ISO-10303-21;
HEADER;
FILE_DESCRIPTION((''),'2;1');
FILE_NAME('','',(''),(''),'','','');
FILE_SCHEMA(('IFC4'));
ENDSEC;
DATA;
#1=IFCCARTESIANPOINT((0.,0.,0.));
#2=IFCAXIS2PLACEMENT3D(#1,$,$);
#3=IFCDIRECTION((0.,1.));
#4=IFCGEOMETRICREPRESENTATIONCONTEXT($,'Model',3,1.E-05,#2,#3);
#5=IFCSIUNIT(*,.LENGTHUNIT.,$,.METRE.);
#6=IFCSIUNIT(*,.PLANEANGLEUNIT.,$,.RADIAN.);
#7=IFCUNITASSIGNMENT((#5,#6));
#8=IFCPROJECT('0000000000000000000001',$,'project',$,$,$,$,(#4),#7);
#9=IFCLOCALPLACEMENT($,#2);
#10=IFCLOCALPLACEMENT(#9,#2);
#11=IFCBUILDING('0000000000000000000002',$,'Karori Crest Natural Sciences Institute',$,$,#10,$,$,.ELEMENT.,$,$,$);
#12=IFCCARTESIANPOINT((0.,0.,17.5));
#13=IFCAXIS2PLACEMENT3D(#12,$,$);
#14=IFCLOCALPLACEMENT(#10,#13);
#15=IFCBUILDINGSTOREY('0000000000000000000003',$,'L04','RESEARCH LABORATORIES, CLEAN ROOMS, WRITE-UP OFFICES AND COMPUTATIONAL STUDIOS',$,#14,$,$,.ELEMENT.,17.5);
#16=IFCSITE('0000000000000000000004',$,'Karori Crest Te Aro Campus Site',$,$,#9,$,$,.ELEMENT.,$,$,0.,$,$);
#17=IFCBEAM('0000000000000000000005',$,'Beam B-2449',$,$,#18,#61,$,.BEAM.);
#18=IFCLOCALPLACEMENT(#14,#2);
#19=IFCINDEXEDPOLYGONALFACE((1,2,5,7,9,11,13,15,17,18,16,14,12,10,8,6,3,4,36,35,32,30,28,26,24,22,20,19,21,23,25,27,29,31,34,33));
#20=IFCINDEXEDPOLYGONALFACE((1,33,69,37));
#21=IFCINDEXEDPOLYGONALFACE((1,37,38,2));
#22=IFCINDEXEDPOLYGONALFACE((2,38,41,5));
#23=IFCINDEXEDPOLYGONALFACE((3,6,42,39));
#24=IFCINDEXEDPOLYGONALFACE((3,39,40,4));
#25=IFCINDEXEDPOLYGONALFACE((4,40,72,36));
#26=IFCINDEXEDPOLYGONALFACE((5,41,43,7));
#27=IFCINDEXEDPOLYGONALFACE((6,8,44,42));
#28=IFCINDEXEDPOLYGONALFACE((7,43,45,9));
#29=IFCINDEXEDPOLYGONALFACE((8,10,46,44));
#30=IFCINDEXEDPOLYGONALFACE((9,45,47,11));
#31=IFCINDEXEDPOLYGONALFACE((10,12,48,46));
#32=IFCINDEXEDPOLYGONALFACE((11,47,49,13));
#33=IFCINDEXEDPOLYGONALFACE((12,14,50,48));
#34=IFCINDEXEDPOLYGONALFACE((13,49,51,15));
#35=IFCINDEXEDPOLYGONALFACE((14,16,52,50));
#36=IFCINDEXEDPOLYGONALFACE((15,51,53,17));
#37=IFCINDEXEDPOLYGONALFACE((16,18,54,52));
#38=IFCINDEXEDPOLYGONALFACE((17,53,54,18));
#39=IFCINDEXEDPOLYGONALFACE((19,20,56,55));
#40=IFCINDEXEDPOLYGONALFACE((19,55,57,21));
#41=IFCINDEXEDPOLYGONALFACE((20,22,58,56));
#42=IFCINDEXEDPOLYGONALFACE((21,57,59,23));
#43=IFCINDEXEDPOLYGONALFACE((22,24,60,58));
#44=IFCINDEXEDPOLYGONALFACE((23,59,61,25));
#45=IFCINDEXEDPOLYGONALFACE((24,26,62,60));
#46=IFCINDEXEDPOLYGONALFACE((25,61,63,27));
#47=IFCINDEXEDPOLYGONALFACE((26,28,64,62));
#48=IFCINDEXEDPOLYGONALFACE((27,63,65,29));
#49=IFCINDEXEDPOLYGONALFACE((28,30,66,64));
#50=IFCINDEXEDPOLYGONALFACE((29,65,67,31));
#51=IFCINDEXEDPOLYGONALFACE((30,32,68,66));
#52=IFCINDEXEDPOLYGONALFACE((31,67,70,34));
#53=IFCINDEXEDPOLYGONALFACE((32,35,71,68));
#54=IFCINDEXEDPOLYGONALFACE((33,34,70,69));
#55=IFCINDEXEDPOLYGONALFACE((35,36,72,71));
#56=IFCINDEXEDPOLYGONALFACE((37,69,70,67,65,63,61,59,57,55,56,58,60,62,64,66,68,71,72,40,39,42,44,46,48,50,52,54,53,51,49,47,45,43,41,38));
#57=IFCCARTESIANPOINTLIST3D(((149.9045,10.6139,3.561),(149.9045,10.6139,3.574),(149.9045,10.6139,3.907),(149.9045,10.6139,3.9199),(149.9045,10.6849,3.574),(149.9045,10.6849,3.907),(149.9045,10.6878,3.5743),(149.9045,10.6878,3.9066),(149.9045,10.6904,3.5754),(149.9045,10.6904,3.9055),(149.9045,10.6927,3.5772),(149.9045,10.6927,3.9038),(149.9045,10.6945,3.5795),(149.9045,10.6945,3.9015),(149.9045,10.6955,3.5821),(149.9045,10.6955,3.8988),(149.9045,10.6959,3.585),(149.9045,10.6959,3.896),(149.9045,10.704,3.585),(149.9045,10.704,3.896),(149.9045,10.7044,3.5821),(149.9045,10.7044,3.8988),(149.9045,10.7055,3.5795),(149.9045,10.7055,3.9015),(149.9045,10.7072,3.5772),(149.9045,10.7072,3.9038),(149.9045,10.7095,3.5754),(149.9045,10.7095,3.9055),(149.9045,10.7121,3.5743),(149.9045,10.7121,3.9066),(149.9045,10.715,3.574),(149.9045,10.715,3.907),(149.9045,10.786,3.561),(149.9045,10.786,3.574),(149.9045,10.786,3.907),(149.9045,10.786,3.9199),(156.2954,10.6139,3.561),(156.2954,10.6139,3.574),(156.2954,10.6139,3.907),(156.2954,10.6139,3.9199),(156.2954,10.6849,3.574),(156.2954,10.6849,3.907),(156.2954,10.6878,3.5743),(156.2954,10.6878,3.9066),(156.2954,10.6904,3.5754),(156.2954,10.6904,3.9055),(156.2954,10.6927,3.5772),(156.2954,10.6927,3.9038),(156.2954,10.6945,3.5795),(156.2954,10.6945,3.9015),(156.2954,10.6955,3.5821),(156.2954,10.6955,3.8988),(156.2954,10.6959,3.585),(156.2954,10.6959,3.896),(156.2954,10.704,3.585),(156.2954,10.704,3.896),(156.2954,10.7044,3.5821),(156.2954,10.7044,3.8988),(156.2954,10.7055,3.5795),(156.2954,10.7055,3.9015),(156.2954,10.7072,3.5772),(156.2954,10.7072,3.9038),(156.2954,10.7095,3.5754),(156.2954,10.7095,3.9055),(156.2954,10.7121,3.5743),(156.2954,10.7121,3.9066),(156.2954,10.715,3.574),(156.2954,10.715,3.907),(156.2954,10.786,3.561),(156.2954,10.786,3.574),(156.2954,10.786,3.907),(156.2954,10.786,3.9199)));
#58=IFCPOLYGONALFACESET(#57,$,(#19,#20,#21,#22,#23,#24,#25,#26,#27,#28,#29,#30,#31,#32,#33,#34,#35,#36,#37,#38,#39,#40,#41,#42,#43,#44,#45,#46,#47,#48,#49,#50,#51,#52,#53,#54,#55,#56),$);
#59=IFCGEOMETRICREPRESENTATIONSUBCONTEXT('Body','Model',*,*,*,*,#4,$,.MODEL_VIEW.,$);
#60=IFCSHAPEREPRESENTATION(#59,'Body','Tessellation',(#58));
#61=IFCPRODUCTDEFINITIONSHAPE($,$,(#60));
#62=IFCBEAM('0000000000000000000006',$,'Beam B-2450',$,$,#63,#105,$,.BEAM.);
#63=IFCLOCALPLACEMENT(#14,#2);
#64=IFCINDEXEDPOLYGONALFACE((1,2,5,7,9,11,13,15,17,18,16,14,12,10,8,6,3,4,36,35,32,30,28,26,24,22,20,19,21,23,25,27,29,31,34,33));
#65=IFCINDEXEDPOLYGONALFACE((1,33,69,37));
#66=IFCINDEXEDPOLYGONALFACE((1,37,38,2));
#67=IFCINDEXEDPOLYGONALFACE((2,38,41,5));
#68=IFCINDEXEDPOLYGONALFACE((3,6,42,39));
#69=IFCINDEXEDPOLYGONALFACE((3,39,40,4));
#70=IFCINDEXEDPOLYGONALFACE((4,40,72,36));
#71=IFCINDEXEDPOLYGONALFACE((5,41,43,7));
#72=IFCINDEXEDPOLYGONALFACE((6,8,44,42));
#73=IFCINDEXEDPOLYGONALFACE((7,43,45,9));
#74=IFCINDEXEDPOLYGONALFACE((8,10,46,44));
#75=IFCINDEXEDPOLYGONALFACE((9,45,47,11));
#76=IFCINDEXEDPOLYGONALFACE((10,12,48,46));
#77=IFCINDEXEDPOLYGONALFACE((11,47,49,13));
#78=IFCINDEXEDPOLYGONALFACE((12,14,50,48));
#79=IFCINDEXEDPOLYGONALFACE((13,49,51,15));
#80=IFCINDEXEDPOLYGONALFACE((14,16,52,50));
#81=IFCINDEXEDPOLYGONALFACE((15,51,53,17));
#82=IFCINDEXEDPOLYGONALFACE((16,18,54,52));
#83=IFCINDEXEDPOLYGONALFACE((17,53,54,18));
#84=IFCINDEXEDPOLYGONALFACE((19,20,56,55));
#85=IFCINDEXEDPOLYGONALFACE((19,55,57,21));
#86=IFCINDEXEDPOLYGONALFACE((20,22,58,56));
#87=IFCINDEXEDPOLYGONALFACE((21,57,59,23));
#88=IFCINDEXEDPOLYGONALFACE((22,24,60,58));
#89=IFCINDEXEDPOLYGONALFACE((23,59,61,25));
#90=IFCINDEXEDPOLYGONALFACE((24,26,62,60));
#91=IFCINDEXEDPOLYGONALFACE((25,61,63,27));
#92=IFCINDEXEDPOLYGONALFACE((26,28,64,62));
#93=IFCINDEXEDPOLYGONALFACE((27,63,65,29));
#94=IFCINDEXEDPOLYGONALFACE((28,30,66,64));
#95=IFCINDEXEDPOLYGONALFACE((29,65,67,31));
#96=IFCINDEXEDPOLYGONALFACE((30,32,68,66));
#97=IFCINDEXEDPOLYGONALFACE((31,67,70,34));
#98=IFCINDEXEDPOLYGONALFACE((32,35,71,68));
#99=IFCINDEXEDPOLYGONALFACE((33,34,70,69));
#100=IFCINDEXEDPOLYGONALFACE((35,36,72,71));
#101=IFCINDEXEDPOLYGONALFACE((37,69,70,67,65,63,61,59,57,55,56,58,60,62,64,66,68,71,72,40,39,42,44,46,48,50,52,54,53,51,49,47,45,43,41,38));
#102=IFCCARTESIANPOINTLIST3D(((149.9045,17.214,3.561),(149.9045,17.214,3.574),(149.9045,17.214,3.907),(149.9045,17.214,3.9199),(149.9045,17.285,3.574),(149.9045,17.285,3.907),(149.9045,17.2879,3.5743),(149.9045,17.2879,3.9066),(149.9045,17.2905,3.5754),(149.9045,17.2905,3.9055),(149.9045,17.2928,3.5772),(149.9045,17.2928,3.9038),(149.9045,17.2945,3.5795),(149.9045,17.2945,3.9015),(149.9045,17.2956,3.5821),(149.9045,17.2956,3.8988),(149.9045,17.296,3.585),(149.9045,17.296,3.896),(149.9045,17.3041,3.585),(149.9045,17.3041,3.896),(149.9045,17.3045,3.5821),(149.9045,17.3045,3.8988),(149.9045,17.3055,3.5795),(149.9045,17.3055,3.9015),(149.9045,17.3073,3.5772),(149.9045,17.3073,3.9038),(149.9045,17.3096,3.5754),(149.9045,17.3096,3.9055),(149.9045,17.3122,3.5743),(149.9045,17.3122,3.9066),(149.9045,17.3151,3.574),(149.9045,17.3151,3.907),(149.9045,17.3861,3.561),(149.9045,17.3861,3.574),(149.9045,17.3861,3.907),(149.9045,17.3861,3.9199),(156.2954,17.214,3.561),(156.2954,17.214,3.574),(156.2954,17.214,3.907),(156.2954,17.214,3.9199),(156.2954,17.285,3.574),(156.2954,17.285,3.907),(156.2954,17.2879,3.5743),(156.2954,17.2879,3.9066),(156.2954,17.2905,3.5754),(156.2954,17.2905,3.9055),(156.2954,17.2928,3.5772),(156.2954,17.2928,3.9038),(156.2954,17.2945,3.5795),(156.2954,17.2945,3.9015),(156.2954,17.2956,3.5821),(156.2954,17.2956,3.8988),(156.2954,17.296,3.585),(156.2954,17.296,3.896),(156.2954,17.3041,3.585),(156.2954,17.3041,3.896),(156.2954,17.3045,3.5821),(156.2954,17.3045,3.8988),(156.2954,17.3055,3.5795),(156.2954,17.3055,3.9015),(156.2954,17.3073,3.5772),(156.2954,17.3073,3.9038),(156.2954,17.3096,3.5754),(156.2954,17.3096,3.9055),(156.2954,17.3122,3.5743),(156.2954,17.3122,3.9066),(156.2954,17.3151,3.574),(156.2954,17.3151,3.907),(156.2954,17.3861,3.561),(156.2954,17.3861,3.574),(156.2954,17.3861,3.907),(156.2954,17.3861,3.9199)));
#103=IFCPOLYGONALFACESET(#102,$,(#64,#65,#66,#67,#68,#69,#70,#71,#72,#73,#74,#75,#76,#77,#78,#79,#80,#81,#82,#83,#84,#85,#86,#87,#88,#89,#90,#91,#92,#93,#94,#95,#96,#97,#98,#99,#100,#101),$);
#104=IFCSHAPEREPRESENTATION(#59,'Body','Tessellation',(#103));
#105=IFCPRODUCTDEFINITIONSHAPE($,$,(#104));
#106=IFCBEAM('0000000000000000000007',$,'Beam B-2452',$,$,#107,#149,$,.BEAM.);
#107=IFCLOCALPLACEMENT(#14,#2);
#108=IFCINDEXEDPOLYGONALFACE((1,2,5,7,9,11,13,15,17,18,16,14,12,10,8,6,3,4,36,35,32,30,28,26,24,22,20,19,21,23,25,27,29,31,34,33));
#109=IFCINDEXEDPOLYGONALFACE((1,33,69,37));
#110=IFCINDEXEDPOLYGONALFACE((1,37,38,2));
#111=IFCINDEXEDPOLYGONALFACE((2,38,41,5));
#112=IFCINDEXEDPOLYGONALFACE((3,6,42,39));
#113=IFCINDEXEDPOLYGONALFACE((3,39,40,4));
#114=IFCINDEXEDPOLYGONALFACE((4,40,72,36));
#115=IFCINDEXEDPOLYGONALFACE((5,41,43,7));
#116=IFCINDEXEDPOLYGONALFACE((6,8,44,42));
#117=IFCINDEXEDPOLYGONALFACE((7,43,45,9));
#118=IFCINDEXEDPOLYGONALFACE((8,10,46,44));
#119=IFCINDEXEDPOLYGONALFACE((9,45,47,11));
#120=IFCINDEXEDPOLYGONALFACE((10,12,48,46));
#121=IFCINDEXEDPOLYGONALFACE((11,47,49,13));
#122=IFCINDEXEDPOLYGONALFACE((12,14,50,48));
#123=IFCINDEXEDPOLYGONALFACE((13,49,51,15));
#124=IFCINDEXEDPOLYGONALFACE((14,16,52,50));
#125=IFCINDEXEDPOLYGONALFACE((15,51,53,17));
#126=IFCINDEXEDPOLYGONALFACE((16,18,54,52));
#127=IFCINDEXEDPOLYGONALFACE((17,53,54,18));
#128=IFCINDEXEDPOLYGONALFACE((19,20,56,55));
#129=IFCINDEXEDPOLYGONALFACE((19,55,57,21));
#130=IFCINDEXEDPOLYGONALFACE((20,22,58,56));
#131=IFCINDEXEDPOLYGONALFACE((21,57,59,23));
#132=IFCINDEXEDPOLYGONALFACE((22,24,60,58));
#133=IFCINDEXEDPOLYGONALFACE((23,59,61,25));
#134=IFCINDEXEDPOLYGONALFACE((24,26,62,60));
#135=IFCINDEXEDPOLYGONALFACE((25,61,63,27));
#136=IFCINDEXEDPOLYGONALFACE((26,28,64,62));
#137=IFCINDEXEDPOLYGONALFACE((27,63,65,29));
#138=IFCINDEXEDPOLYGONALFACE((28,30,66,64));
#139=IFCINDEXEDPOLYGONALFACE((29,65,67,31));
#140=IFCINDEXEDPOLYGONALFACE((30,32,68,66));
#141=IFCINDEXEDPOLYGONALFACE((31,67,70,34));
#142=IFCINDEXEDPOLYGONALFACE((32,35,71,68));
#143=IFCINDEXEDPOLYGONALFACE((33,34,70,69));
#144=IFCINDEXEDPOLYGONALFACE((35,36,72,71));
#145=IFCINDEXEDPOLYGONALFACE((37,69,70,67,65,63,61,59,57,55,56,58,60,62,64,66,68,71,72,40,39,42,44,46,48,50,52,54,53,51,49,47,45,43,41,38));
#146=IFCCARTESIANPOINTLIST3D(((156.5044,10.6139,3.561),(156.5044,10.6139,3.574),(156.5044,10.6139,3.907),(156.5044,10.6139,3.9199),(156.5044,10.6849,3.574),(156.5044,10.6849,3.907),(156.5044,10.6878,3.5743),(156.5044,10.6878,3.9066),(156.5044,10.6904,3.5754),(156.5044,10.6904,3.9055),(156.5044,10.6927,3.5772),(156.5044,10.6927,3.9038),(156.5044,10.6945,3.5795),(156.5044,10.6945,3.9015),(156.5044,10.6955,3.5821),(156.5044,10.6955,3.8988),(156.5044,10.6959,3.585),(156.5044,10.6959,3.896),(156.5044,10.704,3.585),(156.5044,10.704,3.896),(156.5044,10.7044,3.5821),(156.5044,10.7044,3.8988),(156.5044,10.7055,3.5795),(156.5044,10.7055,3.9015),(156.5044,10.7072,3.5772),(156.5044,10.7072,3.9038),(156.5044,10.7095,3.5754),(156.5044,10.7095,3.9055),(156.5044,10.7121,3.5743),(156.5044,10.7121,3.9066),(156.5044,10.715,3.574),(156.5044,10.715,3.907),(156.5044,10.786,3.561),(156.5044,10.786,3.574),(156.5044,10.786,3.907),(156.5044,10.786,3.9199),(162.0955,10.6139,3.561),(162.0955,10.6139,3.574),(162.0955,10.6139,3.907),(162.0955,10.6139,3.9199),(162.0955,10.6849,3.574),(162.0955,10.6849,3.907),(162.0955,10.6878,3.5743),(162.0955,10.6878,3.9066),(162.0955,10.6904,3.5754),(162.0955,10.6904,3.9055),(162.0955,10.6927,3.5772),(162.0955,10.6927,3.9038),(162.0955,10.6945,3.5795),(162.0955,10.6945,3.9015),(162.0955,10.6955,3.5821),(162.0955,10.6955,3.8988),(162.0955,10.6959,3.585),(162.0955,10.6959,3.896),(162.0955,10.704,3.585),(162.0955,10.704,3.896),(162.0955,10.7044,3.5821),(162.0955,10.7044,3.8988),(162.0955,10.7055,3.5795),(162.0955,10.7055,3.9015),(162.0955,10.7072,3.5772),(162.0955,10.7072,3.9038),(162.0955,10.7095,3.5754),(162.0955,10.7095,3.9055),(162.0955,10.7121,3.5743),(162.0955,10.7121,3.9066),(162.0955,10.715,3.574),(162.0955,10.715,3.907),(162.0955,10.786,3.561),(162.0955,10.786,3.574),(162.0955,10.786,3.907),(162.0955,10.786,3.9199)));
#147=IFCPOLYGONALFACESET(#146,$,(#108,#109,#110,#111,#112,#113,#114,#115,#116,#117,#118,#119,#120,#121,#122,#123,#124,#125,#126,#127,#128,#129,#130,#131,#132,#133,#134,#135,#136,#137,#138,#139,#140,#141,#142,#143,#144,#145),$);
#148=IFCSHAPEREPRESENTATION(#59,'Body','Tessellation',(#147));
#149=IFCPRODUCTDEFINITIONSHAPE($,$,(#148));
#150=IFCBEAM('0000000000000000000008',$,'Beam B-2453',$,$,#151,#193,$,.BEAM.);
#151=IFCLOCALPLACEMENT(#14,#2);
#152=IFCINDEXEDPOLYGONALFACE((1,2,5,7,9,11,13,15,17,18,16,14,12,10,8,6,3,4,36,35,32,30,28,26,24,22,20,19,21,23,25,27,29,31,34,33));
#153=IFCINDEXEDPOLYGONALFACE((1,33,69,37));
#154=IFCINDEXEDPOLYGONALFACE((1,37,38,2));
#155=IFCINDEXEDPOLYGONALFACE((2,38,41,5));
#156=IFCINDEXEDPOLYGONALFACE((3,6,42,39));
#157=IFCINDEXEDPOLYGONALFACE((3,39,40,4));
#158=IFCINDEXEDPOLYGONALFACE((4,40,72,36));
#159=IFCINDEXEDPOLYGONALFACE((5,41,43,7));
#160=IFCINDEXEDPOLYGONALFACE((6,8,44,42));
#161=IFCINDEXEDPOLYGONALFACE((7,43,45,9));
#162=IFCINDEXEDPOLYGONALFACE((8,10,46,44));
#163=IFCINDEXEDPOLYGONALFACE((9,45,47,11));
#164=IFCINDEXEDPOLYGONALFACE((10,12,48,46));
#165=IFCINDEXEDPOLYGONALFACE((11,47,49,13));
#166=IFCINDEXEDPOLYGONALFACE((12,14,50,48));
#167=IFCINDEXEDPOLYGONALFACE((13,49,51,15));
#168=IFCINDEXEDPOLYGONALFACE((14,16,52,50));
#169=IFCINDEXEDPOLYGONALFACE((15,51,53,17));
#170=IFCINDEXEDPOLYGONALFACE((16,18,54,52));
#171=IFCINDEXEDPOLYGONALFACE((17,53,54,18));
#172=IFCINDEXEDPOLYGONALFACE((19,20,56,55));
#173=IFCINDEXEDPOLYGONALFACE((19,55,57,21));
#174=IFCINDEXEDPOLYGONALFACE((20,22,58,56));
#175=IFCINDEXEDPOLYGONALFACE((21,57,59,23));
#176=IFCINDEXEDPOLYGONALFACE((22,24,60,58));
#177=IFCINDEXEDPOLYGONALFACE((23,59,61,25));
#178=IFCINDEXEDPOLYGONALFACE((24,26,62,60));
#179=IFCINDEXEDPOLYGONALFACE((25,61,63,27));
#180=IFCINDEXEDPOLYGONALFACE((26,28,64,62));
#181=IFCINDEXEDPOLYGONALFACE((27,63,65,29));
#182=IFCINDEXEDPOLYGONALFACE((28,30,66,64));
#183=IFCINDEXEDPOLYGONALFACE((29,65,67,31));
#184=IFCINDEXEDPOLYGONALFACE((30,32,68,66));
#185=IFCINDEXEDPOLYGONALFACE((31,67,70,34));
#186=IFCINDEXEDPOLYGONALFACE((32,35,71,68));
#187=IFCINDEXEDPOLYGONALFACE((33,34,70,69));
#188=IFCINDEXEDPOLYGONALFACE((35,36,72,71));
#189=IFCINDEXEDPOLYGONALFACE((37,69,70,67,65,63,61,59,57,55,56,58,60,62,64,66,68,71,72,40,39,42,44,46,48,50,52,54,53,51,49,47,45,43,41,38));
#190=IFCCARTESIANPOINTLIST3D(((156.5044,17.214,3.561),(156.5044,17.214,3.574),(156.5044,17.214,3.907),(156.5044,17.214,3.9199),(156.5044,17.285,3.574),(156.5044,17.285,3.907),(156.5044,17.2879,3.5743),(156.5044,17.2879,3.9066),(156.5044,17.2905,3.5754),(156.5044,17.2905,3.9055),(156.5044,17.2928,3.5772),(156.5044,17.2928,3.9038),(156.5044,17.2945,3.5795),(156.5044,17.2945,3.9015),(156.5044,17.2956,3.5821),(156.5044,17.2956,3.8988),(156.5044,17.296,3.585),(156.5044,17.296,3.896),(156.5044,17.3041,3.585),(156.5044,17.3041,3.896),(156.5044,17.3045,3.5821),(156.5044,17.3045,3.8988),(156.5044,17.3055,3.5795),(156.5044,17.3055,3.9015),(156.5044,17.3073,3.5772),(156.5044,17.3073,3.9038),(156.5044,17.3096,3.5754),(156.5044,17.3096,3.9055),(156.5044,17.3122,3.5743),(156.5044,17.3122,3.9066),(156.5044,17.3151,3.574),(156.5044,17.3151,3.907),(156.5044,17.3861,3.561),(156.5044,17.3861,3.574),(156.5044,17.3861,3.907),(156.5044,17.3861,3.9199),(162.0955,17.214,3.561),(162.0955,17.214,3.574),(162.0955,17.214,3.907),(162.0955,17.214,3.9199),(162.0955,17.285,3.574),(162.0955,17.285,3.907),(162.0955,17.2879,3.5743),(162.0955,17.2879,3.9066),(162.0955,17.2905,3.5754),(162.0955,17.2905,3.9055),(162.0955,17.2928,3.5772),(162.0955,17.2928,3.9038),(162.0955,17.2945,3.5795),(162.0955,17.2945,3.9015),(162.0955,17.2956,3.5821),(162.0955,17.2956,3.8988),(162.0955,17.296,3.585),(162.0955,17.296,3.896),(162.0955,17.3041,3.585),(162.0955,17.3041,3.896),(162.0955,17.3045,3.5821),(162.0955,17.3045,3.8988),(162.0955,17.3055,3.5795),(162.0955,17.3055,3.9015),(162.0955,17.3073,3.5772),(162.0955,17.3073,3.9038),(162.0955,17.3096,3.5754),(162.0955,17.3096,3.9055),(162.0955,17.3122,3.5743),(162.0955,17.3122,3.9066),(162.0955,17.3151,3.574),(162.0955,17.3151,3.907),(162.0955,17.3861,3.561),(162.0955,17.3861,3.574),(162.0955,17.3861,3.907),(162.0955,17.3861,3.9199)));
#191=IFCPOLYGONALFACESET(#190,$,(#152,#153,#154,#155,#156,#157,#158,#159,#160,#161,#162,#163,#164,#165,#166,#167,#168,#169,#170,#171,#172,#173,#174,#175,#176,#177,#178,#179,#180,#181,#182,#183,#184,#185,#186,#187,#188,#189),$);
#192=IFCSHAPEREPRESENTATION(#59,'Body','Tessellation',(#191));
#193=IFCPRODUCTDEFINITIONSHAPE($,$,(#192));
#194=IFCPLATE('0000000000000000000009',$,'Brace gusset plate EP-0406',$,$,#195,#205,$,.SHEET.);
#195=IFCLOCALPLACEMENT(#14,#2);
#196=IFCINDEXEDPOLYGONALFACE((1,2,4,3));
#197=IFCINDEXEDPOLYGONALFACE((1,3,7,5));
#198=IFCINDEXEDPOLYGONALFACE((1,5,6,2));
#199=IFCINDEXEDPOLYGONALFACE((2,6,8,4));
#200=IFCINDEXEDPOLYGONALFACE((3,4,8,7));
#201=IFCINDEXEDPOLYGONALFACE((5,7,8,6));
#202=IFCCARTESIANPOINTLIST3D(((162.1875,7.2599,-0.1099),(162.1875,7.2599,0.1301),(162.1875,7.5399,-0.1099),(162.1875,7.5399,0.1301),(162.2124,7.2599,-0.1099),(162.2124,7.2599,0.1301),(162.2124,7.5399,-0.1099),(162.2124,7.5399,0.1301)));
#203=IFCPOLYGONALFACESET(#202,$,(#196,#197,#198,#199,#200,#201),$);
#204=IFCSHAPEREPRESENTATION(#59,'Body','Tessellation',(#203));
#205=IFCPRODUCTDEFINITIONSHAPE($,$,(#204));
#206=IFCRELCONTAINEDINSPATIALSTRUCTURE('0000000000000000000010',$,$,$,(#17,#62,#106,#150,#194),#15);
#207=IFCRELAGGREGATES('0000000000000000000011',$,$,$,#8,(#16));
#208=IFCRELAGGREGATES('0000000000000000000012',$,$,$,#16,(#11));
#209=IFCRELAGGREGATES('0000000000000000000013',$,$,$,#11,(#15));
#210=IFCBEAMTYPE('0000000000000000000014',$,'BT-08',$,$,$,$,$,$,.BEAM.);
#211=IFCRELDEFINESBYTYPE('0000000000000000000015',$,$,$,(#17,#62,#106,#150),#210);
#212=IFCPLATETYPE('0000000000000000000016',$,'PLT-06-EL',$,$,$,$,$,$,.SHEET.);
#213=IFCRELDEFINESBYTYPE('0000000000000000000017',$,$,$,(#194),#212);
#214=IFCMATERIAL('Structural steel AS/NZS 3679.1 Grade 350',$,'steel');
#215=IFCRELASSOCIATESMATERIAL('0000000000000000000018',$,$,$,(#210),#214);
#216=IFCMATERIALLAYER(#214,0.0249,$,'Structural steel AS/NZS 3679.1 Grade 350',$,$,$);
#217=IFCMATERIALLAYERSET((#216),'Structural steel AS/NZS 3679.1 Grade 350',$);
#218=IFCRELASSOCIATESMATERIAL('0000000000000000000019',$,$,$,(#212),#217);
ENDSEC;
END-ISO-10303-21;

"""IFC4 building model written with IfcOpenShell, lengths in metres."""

from ifc_helpers import new_model, si_unit, direction, frame, origin, origin_2d, place, context, subcontext, project, spatial, rectangle, i_section, extrude, material, layer, layer_set, material_profile, profile_set, type_object, element, save


model = new_model("IFC4")

# Units and contexts
model_context = context("Model", 3, precision=1e-05, world=origin(), true_north=direction((0.0, 1.0)))
body_context = subcontext(model_context, "Body", "Model", "MODEL_VIEW")
ifc_project = project(units=[si_unit("LENGTHUNIT", "METRE"), si_unit("PLANEANGLEUNIT", "RADIAN")], contexts=[model_context])

# Site, building, storey
site_placement = place(None, origin())
site = spatial("IfcSite", under=ifc_project, at=site_placement, Name="Karori Crest Te Aro Campus Site", CompositionType="ELEMENT", RefElevation=0.0)
building_placement = place(site_placement, origin())
building = spatial("IfcBuilding", under=site, at=building_placement, Name="Karori Crest Natural Sciences Institute", CompositionType="ELEMENT")
storey_placement = place(building_placement, frame((0.0, 0.0, 17.5)))
storey = spatial("IfcBuildingStorey", under=building, at=storey_placement, Name="L04", Description="RESEARCH LABORATORIES, CLEAN ROOMS, WRITE-UP OFFICES AND COMPUTATIONAL STUDIOS", CompositionType="ELEMENT", Elevation=17.5)

# Shared definitions
ifc_material_1 = material(Name="Structural steel AS/NZS 3679.1 Grade 350", Category="steel")

# Beams
ifc_material_profile_1 = material_profile(ifc_material_1, i_section(OverallWidth=0.1721, OverallDepth=0.3589, WebThickness=0.0081, FlangeThickness=0.0129, FilletRadius=0.011, at=origin_2d()), Name="360UB56.7")
ifc_profile_set_1 = profile_set([ifc_material_profile_1], Name="Structural steel AS/NZS 3679.1 Grade 350")
beam_type_1 = type_object("IfcBeamType", Name="BT-08", PredefinedType="BEAM", material=ifc_profile_set_1)
for number, where, z_axis, x_axis, name in (
    (1, (149.9045, 10.7, 3.7405), (1.0, 0.0, 0.0), (0.0, 1.0, 0.0), "Beam B-2449"),
    (2, (149.9045, 17.3, 3.7405), (1.0, 0.0, 0.0), (0.0, 1.0, 0.0), "Beam B-2450"),
):
    element("IfcBeam", number, at=place(storey_placement, frame(where, z_axis=z_axis, x_axis=x_axis)), inside=storey, type_object=beam_type_1, Name=name, PredefinedType="BEAM", context=body_context, shape_type="SweptSolid", body=[
        extrude(i_section(OverallWidth=0.1721, OverallDepth=0.3589, WebThickness=0.0081, FlangeThickness=0.0129, FilletRadius=0.011, at=origin_2d()), origin(), (0.0, 0.0, 1.0), 6.3909),
    ])
for number, where, z_axis, x_axis, name in (
    (3, (156.5044, 10.7, 3.7405), (1.0, 0.0, 0.0), (0.0, 1.0, 0.0), "Beam B-2452"),
    (4, (156.5044, 17.3, 3.7405), (1.0, 0.0, 0.0), (0.0, 1.0, 0.0), "Beam B-2453"),
):
    element("IfcBeam", number, at=place(storey_placement, frame(where, z_axis=z_axis, x_axis=x_axis)), inside=storey, type_object=beam_type_1, Name=name, PredefinedType="BEAM", context=body_context, shape_type="SweptSolid", body=[
        extrude(i_section(OverallWidth=0.1721, OverallDepth=0.3589, WebThickness=0.0081, FlangeThickness=0.0129, FilletRadius=0.011, at=origin_2d()), origin(), (0.0, 0.0, 1.0), 5.5911),
    ])

# Plate
ifc_layer_1 = layer(ifc_material_1, 0.0249, Name="Structural steel AS/NZS 3679.1 Grade 350")
ifc_layer_set_1 = layer_set([ifc_layer_1], Name="Structural steel AS/NZS 3679.1 Grade 350")
plate_type = type_object("IfcPlateType", Name="PLT-06-EL", PredefinedType="SHEET", material=ifc_layer_set_1)
for number, where, z_axis, x_axis, name in (
    (5, (162.2, 7.3999, -0.1099), (0.0, 0.0, 1.0), (0.0, 1.0, 0.0), "Brace gusset plate EP-0406"),
):
    element("IfcPlate", number, at=place(storey_placement, frame(where, z_axis=z_axis, x_axis=x_axis)), inside=storey, type_object=plate_type, Name=name, PredefinedType="SHEET", context=body_context, shape_type="SweptSolid", body=[
        extrude(rectangle(XDim=0.28, YDim=0.0249, at=origin_2d()), origin(), (0.0, 0.0, 1.0), 0.24),
    ])

save(model, "model.ifc")
